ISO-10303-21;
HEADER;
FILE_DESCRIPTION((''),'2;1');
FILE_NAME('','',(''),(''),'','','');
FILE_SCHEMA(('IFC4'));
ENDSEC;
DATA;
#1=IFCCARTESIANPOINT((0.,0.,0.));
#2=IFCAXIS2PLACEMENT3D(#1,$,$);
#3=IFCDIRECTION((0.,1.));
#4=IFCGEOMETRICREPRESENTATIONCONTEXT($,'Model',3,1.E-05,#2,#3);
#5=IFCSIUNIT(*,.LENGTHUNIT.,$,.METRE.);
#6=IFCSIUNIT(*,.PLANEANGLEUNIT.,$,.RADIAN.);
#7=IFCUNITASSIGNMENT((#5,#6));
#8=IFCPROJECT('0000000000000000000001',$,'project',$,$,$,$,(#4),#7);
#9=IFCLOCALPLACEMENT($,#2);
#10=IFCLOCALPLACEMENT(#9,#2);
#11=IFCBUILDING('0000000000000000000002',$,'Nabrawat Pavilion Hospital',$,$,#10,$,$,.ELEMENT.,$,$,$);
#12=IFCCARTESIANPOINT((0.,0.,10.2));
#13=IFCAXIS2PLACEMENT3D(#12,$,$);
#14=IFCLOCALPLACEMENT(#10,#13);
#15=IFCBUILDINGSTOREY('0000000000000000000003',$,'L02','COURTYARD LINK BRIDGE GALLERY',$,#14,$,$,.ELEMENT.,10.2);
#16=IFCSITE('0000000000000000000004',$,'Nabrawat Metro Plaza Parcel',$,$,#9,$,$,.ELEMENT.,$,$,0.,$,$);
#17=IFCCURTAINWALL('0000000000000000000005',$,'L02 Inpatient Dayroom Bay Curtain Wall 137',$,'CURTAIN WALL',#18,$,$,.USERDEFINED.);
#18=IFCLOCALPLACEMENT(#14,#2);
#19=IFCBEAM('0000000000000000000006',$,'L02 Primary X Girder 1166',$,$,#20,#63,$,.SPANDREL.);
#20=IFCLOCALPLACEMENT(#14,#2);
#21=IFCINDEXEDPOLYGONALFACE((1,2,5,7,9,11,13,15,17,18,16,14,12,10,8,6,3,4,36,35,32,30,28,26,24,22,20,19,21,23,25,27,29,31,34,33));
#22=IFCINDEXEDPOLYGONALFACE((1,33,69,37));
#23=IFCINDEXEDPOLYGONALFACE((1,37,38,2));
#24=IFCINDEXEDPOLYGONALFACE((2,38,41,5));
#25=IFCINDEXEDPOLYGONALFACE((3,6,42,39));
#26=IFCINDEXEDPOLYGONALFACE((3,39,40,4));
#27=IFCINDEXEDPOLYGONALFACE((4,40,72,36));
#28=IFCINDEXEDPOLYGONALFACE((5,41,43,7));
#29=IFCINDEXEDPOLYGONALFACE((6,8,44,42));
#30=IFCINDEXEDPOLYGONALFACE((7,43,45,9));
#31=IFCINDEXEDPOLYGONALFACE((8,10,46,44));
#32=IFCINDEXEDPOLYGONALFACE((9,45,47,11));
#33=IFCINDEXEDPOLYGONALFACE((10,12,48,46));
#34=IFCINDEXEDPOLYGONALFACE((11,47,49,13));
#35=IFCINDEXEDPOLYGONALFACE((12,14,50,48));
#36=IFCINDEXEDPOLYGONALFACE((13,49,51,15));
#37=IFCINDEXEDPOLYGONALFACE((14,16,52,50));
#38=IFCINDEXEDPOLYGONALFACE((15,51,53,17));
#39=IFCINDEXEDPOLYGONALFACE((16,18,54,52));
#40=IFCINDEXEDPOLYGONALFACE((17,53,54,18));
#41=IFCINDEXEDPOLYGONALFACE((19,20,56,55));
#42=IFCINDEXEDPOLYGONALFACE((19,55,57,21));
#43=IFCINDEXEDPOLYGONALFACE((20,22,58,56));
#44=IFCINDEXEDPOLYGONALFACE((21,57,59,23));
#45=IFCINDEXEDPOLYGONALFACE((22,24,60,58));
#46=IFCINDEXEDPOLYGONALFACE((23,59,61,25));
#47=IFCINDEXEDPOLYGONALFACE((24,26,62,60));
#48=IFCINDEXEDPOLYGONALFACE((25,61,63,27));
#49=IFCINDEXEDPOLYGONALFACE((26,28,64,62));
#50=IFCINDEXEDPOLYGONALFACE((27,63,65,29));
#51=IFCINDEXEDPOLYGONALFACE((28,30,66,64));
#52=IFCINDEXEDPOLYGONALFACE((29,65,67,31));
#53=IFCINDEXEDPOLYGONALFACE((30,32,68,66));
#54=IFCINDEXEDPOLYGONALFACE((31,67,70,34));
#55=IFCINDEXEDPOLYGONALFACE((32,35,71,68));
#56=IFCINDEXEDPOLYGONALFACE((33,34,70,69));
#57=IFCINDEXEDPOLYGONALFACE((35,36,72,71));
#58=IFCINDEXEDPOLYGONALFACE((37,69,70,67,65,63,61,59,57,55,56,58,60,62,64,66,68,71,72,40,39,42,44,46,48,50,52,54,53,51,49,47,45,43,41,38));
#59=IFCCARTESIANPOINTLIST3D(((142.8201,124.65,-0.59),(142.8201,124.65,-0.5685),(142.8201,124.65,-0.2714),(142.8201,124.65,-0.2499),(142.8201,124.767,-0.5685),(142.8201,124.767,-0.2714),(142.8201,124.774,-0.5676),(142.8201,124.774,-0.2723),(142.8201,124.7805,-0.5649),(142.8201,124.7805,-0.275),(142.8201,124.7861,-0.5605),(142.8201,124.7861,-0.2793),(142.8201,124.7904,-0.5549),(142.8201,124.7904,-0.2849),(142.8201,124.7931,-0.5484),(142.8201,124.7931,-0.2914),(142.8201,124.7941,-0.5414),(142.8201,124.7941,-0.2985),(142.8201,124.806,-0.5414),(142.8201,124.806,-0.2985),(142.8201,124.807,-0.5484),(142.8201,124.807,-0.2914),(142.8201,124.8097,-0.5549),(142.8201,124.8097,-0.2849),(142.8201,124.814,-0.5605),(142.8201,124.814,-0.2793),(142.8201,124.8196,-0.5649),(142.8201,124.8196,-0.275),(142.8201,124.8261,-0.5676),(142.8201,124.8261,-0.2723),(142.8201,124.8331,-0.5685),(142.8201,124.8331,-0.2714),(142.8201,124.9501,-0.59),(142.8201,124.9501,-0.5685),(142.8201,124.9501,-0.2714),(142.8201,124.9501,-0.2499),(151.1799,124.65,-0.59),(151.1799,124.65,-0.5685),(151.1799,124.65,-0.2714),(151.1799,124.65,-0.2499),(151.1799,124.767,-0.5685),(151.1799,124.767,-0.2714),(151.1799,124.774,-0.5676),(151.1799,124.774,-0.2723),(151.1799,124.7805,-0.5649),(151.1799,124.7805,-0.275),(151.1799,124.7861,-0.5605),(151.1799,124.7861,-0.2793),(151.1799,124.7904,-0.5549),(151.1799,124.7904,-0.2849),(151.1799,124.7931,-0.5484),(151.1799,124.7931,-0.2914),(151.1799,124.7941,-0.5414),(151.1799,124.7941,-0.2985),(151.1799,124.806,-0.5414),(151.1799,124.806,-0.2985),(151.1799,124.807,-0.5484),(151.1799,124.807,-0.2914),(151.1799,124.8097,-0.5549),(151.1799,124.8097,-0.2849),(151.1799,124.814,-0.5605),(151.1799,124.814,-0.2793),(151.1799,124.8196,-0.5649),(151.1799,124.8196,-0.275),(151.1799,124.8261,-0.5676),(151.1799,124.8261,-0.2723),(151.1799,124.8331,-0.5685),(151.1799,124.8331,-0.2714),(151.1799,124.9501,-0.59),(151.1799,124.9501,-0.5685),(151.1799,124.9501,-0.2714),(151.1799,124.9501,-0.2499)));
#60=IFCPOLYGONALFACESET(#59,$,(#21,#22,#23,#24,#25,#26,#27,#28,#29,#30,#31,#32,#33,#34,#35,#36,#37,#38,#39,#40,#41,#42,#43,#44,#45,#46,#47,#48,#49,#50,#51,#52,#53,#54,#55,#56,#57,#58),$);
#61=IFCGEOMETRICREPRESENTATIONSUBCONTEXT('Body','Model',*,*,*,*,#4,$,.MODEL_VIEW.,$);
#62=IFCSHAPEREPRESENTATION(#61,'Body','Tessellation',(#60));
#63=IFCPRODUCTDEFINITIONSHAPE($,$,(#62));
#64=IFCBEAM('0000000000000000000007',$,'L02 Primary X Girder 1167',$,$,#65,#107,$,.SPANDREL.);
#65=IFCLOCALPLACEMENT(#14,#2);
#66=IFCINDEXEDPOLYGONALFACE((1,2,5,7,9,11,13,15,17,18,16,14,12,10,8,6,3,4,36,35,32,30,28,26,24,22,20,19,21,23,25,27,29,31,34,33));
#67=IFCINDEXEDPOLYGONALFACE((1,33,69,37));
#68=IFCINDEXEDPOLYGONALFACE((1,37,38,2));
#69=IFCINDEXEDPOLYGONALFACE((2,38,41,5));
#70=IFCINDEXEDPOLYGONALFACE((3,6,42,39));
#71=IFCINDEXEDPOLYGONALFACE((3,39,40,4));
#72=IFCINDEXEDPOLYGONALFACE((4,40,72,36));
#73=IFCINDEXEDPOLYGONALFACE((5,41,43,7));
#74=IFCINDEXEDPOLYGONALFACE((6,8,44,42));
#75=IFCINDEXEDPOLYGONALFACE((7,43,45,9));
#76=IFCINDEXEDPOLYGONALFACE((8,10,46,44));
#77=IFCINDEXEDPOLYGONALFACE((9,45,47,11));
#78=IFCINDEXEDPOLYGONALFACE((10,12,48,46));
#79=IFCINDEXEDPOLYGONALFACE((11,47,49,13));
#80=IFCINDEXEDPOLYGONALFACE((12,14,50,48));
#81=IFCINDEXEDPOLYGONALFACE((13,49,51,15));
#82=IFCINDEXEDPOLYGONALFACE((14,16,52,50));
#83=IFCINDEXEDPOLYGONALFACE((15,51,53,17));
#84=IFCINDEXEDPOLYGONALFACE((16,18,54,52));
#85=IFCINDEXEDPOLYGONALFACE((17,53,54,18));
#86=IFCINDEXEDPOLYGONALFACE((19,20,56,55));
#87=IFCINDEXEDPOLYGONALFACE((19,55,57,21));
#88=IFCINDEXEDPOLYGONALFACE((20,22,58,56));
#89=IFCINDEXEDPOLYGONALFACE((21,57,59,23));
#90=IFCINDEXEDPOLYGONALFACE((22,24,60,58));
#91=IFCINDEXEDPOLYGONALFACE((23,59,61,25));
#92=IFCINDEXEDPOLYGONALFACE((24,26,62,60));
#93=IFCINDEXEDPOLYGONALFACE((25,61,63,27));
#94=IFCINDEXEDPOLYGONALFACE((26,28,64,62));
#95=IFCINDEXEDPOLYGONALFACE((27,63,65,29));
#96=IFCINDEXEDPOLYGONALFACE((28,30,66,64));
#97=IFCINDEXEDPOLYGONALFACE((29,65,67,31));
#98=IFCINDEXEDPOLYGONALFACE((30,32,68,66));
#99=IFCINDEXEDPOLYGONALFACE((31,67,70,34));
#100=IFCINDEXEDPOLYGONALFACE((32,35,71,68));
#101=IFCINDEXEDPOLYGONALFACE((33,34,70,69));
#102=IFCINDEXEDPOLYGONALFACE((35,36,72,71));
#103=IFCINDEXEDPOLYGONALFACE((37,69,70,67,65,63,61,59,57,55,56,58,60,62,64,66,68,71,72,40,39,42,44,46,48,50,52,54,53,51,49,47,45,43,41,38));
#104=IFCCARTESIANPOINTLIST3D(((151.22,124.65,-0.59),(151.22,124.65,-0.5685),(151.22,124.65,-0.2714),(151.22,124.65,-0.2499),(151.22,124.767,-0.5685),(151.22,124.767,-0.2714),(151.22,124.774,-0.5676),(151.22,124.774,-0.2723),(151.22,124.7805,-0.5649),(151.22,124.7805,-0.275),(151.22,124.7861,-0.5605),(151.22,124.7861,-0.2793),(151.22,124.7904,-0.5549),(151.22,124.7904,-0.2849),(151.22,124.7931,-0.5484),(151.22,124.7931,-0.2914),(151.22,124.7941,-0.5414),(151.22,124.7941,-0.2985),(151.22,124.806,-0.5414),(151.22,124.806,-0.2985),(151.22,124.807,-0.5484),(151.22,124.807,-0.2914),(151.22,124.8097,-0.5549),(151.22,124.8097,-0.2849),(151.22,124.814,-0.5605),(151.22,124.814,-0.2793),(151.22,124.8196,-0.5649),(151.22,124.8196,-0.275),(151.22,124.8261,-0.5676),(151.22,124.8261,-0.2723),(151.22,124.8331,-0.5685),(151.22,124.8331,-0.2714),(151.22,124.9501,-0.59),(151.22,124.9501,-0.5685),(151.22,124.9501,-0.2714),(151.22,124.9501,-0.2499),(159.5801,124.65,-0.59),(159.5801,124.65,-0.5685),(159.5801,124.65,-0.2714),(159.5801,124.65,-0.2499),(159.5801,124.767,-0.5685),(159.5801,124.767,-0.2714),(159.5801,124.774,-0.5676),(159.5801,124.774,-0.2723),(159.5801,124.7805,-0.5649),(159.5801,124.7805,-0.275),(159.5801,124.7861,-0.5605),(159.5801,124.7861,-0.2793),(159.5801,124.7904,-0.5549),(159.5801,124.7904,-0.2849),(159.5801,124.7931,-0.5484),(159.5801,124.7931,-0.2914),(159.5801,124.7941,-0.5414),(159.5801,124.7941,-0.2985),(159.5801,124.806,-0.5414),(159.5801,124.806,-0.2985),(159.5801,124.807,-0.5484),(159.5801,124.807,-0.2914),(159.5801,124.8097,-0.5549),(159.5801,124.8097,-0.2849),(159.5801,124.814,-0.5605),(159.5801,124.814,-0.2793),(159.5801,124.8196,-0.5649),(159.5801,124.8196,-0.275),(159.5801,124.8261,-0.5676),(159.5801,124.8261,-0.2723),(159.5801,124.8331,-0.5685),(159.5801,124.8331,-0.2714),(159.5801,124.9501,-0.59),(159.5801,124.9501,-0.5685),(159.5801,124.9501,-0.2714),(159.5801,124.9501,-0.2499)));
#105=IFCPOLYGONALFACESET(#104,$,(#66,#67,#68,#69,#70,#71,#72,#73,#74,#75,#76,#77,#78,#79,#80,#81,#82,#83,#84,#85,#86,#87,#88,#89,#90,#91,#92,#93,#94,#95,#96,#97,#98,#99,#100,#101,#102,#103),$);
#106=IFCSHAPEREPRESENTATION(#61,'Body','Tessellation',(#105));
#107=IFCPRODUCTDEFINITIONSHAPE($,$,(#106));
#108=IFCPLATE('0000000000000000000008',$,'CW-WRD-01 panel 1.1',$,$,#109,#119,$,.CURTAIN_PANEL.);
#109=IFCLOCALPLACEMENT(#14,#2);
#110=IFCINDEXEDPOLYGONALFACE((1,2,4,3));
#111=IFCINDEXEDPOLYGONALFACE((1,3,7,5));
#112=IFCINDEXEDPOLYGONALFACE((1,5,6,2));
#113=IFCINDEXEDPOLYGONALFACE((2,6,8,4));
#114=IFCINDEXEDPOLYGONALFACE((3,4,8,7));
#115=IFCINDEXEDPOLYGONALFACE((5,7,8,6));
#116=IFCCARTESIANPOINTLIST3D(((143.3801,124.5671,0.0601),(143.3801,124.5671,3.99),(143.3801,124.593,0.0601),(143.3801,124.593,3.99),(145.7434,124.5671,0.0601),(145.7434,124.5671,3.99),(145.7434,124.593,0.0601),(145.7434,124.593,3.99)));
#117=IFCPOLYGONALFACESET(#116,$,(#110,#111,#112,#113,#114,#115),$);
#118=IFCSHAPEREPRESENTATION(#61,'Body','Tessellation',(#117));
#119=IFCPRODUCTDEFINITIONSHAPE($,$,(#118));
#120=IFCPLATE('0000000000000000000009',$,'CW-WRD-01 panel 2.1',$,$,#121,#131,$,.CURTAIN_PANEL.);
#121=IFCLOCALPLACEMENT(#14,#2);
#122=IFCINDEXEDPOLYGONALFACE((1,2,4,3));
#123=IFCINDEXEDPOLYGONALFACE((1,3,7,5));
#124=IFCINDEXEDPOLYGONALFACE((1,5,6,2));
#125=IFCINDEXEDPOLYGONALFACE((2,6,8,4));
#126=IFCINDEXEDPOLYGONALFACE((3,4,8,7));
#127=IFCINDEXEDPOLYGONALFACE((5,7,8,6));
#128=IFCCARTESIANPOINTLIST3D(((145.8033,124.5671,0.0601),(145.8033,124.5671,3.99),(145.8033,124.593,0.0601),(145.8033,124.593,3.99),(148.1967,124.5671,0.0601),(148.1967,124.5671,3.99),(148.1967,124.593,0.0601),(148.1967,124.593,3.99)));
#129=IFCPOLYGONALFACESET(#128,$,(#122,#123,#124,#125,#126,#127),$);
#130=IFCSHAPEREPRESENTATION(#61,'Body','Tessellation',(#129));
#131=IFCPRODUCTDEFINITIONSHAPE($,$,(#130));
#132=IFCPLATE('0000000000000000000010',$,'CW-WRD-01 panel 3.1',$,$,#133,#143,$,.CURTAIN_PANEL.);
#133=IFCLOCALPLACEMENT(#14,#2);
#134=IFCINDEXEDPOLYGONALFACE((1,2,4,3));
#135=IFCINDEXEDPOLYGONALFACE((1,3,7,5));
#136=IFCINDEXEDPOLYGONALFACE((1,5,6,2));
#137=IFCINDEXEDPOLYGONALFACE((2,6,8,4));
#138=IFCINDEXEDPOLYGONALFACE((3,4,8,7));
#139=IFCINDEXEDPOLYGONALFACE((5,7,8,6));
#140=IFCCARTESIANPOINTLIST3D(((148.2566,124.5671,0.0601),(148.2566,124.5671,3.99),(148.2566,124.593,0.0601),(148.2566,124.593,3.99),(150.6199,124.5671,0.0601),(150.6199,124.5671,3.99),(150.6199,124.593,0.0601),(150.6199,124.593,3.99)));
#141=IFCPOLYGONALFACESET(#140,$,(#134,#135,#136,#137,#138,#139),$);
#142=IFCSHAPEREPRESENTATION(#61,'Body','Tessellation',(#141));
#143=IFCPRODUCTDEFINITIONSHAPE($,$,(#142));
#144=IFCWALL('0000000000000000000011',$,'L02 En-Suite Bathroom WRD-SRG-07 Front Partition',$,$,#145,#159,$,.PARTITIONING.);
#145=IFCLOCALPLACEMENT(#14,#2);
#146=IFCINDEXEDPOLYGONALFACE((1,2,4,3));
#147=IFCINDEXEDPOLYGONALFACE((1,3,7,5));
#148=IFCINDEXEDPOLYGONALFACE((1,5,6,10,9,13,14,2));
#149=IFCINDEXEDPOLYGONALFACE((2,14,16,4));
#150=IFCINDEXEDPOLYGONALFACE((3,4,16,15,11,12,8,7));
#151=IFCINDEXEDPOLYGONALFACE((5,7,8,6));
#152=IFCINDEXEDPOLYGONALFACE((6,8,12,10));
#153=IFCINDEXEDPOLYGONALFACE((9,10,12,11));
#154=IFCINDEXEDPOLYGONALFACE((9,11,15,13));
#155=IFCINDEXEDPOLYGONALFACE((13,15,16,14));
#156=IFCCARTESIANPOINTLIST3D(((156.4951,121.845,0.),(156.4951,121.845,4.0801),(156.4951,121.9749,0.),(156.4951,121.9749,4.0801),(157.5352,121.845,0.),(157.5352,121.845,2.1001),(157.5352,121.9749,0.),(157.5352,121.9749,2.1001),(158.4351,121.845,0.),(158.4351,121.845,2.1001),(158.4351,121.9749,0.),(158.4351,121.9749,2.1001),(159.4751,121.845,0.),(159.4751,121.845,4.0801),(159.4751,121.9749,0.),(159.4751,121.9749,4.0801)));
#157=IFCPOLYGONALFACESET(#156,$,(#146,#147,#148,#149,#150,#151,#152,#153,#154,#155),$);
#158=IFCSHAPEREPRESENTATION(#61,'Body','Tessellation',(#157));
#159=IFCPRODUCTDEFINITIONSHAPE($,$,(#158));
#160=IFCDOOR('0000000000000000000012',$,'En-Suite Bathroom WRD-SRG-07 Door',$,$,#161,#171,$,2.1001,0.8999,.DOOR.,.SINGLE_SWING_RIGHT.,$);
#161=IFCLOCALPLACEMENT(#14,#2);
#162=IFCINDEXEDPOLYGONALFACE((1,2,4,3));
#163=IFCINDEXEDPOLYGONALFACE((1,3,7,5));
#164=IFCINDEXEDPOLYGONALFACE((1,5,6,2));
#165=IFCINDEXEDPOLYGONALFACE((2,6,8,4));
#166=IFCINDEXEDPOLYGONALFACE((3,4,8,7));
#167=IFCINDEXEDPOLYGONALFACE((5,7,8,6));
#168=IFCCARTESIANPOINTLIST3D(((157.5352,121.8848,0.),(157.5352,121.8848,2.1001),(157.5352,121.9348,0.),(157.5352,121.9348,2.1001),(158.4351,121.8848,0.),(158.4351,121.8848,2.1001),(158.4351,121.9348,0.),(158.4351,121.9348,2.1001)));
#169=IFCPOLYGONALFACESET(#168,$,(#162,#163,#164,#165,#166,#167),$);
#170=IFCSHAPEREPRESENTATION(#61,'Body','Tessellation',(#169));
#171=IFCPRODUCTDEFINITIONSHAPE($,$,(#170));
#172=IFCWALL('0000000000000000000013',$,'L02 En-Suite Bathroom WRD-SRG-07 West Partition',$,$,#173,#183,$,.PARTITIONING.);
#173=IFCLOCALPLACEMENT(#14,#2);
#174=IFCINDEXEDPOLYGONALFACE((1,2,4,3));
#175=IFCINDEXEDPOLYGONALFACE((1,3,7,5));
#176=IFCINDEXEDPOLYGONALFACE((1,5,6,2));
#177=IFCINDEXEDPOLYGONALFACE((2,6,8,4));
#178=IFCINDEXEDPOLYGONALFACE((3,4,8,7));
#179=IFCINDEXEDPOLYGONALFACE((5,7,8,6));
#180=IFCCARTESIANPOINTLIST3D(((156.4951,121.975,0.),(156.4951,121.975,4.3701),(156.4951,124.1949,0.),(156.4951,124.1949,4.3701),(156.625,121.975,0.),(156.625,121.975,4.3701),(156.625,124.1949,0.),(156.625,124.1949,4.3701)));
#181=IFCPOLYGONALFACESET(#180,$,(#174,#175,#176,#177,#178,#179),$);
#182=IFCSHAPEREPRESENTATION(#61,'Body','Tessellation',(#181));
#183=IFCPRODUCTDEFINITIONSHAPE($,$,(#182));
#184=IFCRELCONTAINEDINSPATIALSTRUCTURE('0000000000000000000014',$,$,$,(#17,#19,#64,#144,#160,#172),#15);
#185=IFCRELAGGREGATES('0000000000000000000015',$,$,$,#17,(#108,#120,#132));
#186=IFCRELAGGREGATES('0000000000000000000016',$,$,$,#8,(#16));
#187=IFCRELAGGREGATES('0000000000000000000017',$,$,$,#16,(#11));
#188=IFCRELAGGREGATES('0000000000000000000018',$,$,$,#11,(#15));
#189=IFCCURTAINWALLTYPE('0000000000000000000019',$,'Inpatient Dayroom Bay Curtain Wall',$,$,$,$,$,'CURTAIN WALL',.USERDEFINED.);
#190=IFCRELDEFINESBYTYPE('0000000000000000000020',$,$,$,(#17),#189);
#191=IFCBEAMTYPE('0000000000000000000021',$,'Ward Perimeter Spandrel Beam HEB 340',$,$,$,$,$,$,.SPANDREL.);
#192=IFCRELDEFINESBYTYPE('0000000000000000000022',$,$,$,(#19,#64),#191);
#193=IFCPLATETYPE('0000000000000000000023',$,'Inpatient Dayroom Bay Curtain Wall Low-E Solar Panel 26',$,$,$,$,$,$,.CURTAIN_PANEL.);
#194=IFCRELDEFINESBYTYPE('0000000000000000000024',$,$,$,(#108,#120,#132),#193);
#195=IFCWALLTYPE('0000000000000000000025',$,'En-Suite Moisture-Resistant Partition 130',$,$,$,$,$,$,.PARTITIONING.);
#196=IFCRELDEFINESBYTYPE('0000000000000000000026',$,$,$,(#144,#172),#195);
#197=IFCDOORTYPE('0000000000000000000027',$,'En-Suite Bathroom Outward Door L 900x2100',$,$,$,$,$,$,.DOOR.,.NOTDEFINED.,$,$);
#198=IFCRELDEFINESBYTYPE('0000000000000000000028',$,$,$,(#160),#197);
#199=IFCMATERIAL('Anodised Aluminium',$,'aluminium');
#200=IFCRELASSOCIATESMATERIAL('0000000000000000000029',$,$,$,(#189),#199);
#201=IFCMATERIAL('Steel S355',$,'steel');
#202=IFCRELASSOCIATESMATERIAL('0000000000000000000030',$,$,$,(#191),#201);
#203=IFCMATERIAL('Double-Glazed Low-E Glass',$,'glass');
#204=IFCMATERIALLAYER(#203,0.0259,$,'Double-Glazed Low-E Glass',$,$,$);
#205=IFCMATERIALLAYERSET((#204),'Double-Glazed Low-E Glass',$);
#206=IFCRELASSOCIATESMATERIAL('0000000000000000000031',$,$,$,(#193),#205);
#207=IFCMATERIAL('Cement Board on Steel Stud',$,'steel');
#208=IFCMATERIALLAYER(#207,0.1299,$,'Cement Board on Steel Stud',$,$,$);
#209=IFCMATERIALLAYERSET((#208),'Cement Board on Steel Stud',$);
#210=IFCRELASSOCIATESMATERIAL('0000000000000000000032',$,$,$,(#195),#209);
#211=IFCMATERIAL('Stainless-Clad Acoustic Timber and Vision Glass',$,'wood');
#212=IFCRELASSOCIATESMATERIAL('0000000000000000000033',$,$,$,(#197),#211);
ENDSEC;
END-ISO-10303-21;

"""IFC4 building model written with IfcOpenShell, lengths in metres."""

from ifc_helpers import new_model, si_unit, direction, frame, frame_2d, origin, origin_2d, place, context, subcontext, project, spatial, rectangle, i_section, extrude, material, layer, layer_set, material_profile, profile_set, type_object, element, fill, aggregate, save


model = new_model("IFC4")

# Units and contexts
model_context = context("Model", 3, precision=1e-05, world=origin(), true_north=direction((0.0, 1.0)))
body_context = subcontext(model_context, "Body", "Model", "MODEL_VIEW")
ifc_project = project(units=[si_unit("LENGTHUNIT", "METRE"), si_unit("PLANEANGLEUNIT", "RADIAN")], contexts=[model_context])

# Site, building, storey
site_placement = place(None, origin())
site = spatial("IfcSite", under=ifc_project, at=site_placement, Name="Nabrawat Metro Plaza Parcel", CompositionType="ELEMENT", RefElevation=0.0)
building_placement = place(site_placement, origin())
building = spatial("IfcBuilding", under=site, at=building_placement, Name="Nabrawat Pavilion Hospital", CompositionType="ELEMENT")
storey_placement = place(building_placement, frame((0.0, 0.0, 10.2)))
storey = spatial("IfcBuildingStorey", under=building, at=storey_placement, Name="L02", Description="COURTYARD LINK BRIDGE GALLERY", CompositionType="ELEMENT", Elevation=10.2)

# Curtain wall
ifc_material_1 = material(Name="Anodised Aluminium", Category="aluminium")
curtain_wall_type = type_object("IfcCurtainWallType", Name="Inpatient Dayroom Bay Curtain Wall", ElementType="CURTAIN WALL", PredefinedType="USERDEFINED", material=ifc_material_1)
curtain_wall_placement = place(storey_placement, origin())
curtain_wall = element("IfcCurtainWall", 1, at=curtain_wall_placement, inside=storey, type_object=curtain_wall_type, Name="L02 Inpatient Dayroom Bay Curtain Wall 137", ObjectType="CURTAIN WALL", PredefinedType="USERDEFINED")

# Beams
ifc_material_2 = material(Name="Steel S355", Category="steel")
ifc_material_profile_1 = material_profile(ifc_material_2, i_section(OverallWidth=0.3, OverallDepth=0.3401, WebThickness=0.012, FlangeThickness=0.0215, FilletRadius=0.0271, at=origin_2d()), Name="HEB 340")
ifc_profile_set_1 = profile_set([ifc_material_profile_1], Name="Steel S355")
beam_type_1 = type_object("IfcBeamType", Name="Ward Perimeter Spandrel Beam HEB 340", PredefinedType="SPANDREL", material=ifc_profile_set_1)
beam_1_placement = place(storey_placement, frame((142.8201, 124.8, -0.4199), z_axis=(1.0, 0.0, 0.0), x_axis=(0.0, 1.0, 0.0)))
element("IfcBeam", 2, at=beam_1_placement, inside=storey, type_object=beam_type_1, Name="L02 Primary X Girder 1166", PredefinedType="SPANDREL", context=body_context, shape_type="SweptSolid", body=[
    extrude(i_section(OverallWidth=0.3, OverallDepth=0.3401, WebThickness=0.012, FlangeThickness=0.0215, FilletRadius=0.0271, at=origin_2d()), origin(), (0.0, 0.0, 1.0), 8.3599),
])
beam_2_placement = place(storey_placement, frame((151.22, 124.8, -0.4199), z_axis=(1.0, 0.0, 0.0), x_axis=(0.0, 1.0, 0.0)))
element("IfcBeam", 3, at=beam_2_placement, inside=storey, type_object=beam_type_1, Name="L02 Primary X Girder 1167", PredefinedType="SPANDREL", context=body_context, shape_type="SweptSolid", body=[
    extrude(i_section(OverallWidth=0.3, OverallDepth=0.3401, WebThickness=0.012, FlangeThickness=0.0215, FilletRadius=0.0271, at=origin_2d()), origin(), (0.0, 0.0, 1.0), 8.3601),
])

# Plates
ifc_material_3 = material(Name="Double-Glazed Low-E Glass", Category="glass")
ifc_layer_1 = layer(ifc_material_3, 0.0259, Name="Double-Glazed Low-E Glass")
ifc_layer_set_1 = layer_set([ifc_layer_1], Name="Double-Glazed Low-E Glass")
plate_type = type_object("IfcPlateType", Name="Inpatient Dayroom Bay Curtain Wall Low-E Solar Panel 26", PredefinedType="CURTAIN_PANEL", material=ifc_layer_set_1)
plate_1_placement = place(storey_placement, frame((144.5618, 124.5801, 0.0601), z_axis=(0.0, 0.0, 1.0), x_axis=(1.0, 0.0, 0.0)))
plate_1 = element("IfcPlate", 4, at=plate_1_placement, type_object=plate_type, Name="CW-WRD-01 panel 1.1", PredefinedType="CURTAIN_PANEL", context=body_context, shape_type="SweptSolid", body=[
    extrude(rectangle(XDim=2.3633, YDim=0.0259, at=origin_2d()), origin(), (0.0, 0.0, 1.0), 3.9299),
])
plate_2_placement = place(storey_placement, frame((147.0, 124.5801, 0.0601), z_axis=(0.0, 0.0, 1.0), x_axis=(1.0, 0.0, 0.0)))
plate_2 = element("IfcPlate", 5, at=plate_2_placement, type_object=plate_type, Name="CW-WRD-01 panel 2.1", PredefinedType="CURTAIN_PANEL", context=body_context, shape_type="SweptSolid", body=[
    extrude(rectangle(XDim=2.3933, YDim=0.0259, at=origin_2d()), origin(), (0.0, 0.0, 1.0), 3.9299),
])
plate_3_placement = place(storey_placement, frame((149.4382, 124.5801, 0.0601), z_axis=(0.0, 0.0, 1.0), x_axis=(1.0, 0.0, 0.0)))
plate_3 = element("IfcPlate", 6, at=plate_3_placement, type_object=plate_type, Name="CW-WRD-01 panel 3.1", PredefinedType="CURTAIN_PANEL", context=body_context, shape_type="SweptSolid", body=[
    extrude(rectangle(XDim=2.3633, YDim=0.0259, at=origin_2d()), origin(), (0.0, 0.0, 1.0), 3.9299),
])
aggregate(curtain_wall, [plate_1, plate_2, plate_3])

# Wall, opening, door
ifc_material_4 = material(Name="Cement Board on Steel Stud", Category="steel")
ifc_layer_2 = layer(ifc_material_4, 0.1299, Name="Cement Board on Steel Stud")
ifc_layer_set_2 = layer_set([ifc_layer_2], Name="Cement Board on Steel Stud")
wall_type_1 = type_object("IfcWallType", Name="En-Suite Moisture-Resistant Partition 130", PredefinedType="PARTITIONING", material=ifc_layer_set_2)
wall_1_placement = place(storey_placement, frame((156.4951, 121.9099, 0.0), z_axis=(0.0, 0.0, 1.0), x_axis=(1.0, 0.0, 0.0)))
wall_1 = element("IfcWall", 7, at=wall_1_placement, inside=storey, type_object=wall_type_1, Name="L02 En-Suite Bathroom WRD-SRG-07 Front Partition", PredefinedType="PARTITIONING", context=body_context, shape_type="SweptSolid", body=[
    extrude(rectangle(XDim=2.98, YDim=0.1299, at=frame_2d((1.49, 0.0))), origin(), (0.0, 0.0, 1.0), 4.0801),
])
opening_placement = place(wall_1_placement, frame((1.04, 0.0, 0.0)))
opening = element("IfcOpeningElement", 8, at=opening_placement, cuts=wall_1, PredefinedType="OPENING", context=body_context, shape_type="SweptSolid", body=[
    extrude(rectangle(XDim=0.8999, YDim=2.1001, at=frame_2d((0.45, 1.05))), frame((0.0, 0.075, 0.0), z_axis=(0.0, -1.0, 0.0), x_axis=(1.0, 0.0, 0.0)), (0.0, 0.0, 1.0), 0.1499),
])
ifc_material_5 = material(Name="Stainless-Clad Acoustic Timber and Vision Glass", Category="wood")
door_type = type_object("IfcDoorType", Name="En-Suite Bathroom Outward Door L 900x2100", OperationType="NOTDEFINED", PredefinedType="DOOR", material=ifc_material_5)
door_placement = place(opening_placement, origin())
door = element("IfcDoor", 9, at=door_placement, inside=storey, type_object=door_type, Name="En-Suite Bathroom WRD-SRG-07 Door", OperationType="SINGLE_SWING_RIGHT", OverallHeight=2.1001, OverallWidth=0.8999, PredefinedType="DOOR", context=body_context, shape_type="SweptSolid", body=[
    extrude(rectangle(XDim=0.8999, YDim=2.1001, at=frame_2d((0.45, 1.05))), frame((0.0, 0.0249, 0.0), z_axis=(0.0, -1.0, 0.0), x_axis=(1.0, 0.0, 0.0)), (0.0, 0.0, 1.0), 0.05),
])
fill(opening, door)

# Wall
wall_2_placement = place(storey_placement, frame((156.5601, 121.9751, 0.0), z_axis=(0.0, 0.0, 1.0), x_axis=(0.0, 1.0, 0.0)))
element("IfcWall", 10, at=wall_2_placement, inside=storey, type_object=wall_type_1, Name="L02 En-Suite Bathroom WRD-SRG-07 West Partition", PredefinedType="PARTITIONING", context=body_context, shape_type="SweptSolid", body=[
    extrude(rectangle(XDim=2.22, YDim=0.1299, at=frame_2d((1.1099, 0.0))), origin(), (0.0, 0.0, 1.0), 4.3701),
])

save(model, "model.ifc")
